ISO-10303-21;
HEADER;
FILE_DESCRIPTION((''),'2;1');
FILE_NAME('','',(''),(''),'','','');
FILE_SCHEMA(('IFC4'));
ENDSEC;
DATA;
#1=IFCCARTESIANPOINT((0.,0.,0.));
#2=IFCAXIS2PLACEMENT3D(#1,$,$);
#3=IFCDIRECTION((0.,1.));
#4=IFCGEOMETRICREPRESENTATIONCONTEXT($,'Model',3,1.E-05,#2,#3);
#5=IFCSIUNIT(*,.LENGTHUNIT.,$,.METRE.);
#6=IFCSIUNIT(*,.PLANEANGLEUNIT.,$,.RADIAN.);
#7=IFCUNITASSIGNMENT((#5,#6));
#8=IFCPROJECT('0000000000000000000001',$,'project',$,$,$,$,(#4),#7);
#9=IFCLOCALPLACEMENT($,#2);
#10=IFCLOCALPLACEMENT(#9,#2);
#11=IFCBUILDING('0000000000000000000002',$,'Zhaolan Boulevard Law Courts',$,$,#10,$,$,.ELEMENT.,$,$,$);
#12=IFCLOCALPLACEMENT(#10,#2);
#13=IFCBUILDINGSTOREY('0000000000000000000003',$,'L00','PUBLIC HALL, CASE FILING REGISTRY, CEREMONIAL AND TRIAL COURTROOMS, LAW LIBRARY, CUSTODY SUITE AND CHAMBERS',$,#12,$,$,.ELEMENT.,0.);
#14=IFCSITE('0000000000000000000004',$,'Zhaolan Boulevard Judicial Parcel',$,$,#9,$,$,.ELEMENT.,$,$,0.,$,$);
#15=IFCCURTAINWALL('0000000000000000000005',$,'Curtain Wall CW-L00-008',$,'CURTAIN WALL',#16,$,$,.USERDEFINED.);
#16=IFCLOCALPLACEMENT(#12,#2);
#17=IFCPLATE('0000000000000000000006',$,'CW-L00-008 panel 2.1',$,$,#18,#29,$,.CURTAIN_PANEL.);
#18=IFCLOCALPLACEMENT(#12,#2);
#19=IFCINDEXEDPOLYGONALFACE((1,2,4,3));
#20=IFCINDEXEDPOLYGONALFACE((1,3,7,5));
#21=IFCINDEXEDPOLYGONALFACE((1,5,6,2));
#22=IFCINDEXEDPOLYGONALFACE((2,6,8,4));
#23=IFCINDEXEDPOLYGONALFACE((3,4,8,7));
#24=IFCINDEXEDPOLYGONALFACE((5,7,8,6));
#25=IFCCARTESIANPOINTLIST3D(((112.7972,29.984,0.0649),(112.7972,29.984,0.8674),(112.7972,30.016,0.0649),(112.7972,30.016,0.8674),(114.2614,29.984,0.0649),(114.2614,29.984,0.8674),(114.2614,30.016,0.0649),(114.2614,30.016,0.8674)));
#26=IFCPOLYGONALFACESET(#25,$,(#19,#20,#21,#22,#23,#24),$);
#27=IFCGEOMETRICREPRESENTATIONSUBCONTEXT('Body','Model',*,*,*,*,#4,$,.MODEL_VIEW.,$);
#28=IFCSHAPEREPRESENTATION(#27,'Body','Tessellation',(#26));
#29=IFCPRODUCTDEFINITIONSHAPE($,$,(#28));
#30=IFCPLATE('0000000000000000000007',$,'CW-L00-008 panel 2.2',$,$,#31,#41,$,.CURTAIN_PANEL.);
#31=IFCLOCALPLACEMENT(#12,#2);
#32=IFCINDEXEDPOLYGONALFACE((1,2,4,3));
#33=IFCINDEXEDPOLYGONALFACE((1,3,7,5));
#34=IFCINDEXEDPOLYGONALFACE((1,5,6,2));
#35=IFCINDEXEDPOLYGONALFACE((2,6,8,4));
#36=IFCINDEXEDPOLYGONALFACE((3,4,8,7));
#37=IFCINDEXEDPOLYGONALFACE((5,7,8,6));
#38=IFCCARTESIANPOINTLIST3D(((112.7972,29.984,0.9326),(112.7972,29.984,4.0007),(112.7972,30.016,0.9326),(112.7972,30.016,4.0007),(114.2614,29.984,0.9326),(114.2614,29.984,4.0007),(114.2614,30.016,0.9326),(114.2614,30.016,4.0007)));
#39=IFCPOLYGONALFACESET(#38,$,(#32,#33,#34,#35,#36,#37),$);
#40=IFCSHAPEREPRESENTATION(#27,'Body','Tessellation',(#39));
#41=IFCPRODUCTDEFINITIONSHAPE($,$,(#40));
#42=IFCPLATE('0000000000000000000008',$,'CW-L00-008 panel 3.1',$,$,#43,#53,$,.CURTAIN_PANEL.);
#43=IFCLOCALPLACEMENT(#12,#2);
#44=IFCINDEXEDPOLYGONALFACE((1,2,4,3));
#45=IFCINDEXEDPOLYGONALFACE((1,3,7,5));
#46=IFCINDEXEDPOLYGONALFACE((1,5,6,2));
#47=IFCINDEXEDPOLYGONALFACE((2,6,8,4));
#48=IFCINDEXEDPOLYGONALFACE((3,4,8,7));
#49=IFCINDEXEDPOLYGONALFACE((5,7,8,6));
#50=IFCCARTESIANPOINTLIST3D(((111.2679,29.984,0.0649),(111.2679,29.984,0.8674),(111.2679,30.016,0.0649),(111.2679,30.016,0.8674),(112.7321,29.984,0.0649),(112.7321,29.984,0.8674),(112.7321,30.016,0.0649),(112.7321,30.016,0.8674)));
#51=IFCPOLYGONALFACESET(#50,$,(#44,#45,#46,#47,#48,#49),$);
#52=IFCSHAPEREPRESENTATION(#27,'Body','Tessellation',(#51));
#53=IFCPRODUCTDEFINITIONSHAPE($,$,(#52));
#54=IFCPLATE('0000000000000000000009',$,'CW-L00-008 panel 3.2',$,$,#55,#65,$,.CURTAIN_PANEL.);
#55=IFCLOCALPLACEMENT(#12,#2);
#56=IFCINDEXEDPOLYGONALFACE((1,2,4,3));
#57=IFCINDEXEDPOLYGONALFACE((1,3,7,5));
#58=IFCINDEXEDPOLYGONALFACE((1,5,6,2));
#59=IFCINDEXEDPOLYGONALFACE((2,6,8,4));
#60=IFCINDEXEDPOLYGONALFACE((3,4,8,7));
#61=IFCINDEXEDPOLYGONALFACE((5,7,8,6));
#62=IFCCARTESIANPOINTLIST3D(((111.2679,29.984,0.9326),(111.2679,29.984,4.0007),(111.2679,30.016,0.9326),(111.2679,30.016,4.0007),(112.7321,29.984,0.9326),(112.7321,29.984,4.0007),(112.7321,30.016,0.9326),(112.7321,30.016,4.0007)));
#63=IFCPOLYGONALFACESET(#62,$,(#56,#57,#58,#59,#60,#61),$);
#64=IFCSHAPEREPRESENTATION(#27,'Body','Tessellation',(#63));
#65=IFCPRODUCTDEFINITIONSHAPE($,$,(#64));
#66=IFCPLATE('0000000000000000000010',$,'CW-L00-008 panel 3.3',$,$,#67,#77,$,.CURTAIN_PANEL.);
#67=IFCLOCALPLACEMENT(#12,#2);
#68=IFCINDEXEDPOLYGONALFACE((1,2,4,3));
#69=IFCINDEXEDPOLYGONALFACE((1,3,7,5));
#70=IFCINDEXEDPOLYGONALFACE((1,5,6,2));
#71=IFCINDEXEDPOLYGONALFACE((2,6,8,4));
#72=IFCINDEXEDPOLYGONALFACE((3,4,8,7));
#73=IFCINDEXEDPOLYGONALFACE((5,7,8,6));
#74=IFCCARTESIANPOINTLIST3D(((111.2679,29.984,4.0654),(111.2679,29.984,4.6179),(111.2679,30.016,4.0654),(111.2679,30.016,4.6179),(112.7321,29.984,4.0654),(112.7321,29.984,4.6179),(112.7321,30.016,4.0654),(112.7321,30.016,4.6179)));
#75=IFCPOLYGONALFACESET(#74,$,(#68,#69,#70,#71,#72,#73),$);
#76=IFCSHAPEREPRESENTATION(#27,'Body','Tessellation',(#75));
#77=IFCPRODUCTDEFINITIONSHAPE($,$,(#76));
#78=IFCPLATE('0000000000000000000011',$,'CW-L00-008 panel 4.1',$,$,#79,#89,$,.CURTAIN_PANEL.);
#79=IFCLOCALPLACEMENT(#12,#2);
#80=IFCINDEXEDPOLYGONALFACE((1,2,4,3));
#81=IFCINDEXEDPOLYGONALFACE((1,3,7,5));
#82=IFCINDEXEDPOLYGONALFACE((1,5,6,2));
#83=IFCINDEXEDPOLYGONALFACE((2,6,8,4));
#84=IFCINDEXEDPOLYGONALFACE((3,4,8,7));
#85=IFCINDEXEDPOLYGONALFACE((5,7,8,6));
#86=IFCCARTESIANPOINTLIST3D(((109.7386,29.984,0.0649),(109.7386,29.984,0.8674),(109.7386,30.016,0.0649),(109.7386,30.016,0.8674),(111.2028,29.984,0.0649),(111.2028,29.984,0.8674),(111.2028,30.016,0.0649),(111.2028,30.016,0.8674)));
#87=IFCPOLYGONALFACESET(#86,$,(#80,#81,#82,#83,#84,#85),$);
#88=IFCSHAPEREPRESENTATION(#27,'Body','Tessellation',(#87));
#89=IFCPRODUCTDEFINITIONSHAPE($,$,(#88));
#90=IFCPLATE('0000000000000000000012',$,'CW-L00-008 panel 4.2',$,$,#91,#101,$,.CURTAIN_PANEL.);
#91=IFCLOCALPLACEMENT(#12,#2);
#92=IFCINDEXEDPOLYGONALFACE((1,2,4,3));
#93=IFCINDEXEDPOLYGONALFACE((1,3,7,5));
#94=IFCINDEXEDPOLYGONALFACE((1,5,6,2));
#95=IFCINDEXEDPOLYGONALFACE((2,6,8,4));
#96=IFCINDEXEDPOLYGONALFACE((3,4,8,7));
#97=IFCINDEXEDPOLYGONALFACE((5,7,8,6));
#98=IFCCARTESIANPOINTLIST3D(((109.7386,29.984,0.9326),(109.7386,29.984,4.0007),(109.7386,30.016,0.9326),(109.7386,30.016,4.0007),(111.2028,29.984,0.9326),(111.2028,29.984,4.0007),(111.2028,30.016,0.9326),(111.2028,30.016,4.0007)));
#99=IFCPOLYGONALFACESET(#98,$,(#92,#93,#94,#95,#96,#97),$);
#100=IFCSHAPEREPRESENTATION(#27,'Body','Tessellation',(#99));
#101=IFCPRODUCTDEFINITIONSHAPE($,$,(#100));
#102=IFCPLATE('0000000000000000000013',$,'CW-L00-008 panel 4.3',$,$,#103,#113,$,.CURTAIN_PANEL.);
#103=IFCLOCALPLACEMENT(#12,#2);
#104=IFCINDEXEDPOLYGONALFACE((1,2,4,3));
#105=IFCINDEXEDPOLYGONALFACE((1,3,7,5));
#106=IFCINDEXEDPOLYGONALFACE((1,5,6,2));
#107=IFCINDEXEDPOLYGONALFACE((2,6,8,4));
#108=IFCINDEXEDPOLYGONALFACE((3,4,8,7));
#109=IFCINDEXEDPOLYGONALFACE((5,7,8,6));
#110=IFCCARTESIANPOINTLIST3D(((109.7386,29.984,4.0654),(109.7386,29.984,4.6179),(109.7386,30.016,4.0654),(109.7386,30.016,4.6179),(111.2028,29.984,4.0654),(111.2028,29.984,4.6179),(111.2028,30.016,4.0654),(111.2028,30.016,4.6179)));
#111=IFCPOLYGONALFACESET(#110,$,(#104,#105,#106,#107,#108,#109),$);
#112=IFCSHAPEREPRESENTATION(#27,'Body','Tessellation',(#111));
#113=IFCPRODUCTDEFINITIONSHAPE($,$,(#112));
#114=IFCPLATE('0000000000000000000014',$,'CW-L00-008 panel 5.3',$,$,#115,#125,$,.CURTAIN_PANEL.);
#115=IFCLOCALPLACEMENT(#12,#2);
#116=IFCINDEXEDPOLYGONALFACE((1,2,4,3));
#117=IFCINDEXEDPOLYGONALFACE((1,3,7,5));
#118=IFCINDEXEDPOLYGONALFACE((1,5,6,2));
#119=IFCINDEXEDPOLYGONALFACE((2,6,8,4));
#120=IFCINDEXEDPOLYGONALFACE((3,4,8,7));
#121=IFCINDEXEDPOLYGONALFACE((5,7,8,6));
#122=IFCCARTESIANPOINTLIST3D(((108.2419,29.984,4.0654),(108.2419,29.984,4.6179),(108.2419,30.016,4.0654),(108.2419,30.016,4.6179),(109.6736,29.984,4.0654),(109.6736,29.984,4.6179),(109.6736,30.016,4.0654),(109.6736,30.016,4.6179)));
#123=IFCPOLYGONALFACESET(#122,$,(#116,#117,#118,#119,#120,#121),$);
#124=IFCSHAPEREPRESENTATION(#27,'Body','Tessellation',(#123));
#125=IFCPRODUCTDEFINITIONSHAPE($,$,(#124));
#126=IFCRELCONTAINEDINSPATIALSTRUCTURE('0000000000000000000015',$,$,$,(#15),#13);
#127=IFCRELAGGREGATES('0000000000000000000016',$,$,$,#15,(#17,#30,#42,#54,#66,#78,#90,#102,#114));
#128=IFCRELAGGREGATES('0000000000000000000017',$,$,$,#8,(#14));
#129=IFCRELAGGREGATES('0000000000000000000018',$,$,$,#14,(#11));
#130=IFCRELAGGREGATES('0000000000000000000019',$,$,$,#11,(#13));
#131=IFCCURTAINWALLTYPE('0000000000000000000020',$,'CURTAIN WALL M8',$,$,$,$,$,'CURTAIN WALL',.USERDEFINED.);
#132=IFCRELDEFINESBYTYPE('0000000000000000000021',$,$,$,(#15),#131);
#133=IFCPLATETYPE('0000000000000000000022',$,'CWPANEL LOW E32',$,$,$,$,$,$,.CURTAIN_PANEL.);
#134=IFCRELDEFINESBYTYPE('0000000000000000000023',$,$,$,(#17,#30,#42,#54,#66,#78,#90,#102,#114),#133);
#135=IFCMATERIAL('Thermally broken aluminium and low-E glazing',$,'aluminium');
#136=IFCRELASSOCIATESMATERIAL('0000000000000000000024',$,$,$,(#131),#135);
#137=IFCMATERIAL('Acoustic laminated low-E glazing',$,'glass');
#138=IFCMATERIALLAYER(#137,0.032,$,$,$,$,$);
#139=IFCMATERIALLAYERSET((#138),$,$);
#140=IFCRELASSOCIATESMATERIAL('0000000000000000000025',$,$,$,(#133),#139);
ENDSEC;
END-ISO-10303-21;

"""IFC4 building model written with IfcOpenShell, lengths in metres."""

from ifc_helpers import new_model, si_unit, direction, frame, origin, origin_2d, place, context, subcontext, project, spatial, rectangle, extrude, material, layer, layer_set, type_object, element, aggregate, save


model = new_model("IFC4")

# Units and contexts
model_context = context("Model", 3, precision=1e-05, world=origin(), true_north=direction((0.0, 1.0)))
body_context = subcontext(model_context, "Body", "Model", "MODEL_VIEW")
ifc_project = project(units=[si_unit("LENGTHUNIT", "METRE"), si_unit("PLANEANGLEUNIT", "RADIAN")], contexts=[model_context])

# Site, building, storey
site_placement = place(None, origin())
site = spatial("IfcSite", under=ifc_project, at=site_placement, Name="Zhaolan Boulevard Judicial Parcel", CompositionType="ELEMENT", RefElevation=0.0)
building_placement = place(site_placement, origin())
building = spatial("IfcBuilding", under=site, at=building_placement, Name="Zhaolan Boulevard Law Courts", CompositionType="ELEMENT")
storey_placement = place(building_placement, origin())
storey = spatial("IfcBuildingStorey", under=building, at=storey_placement, Name="L00", Description="PUBLIC HALL, CASE FILING REGISTRY, CEREMONIAL AND TRIAL COURTROOMS, LAW LIBRARY, CUSTODY SUITE AND CHAMBERS", CompositionType="ELEMENT", Elevation=0.0)

# Curtain wall, plates
ifc_material_1 = material(Name="Thermally broken aluminium and low-E glazing", Category="aluminium")
curtain_wall_type = type_object("IfcCurtainWallType", Name="CURTAIN WALL M8", ElementType="CURTAIN WALL", PredefinedType="USERDEFINED", material=ifc_material_1)
curtain_wall_placement = place(storey_placement, origin())
curtain_wall = element("IfcCurtainWall", 1, at=curtain_wall_placement, inside=storey, type_object=curtain_wall_type, Name="Curtain Wall CW-L00-008", ObjectType="CURTAIN WALL", PredefinedType="USERDEFINED")
ifc_material_2 = material(Name="Acoustic laminated low-E glazing", Category="glass")
ifc_layer = layer(ifc_material_2, 0.032)
ifc_layer_set = layer_set([ifc_layer])
plate_type = type_object("IfcPlateType", Name="CWPANEL LOW E32", PredefinedType="CURTAIN_PANEL", material=ifc_layer_set)
plate_1_placement = place(storey_placement, frame((113.5293, 30.0, 0.0649), z_axis=(0.0, 0.0, 1.0), x_axis=(-1.0, 0.0, 0.0)))
plate_1 = element("IfcPlate", 2, at=plate_1_placement, type_object=plate_type, Name="CW-L00-008 panel 2.1", PredefinedType="CURTAIN_PANEL", context=body_context, shape_type="SweptSolid", body=[
    extrude(rectangle(XDim=1.4641, YDim=0.032, at=origin_2d()), origin(), (0.0, 0.0, 1.0), 0.8025),
])
plate_2_placement = place(storey_placement, frame((113.5293, 30.0, 0.9326), z_axis=(0.0, 0.0, 1.0), x_axis=(-1.0, 0.0, 0.0)))
plate_2 = element("IfcPlate", 3, at=plate_2_placement, type_object=plate_type, Name="CW-L00-008 panel 2.2", PredefinedType="CURTAIN_PANEL", context=body_context, shape_type="SweptSolid", body=[
    extrude(rectangle(XDim=1.4641, YDim=0.032, at=origin_2d()), origin(), (0.0, 0.0, 1.0), 3.0681),
])
plate_3_placement = place(storey_placement, frame((112.0, 30.0, 0.0649), z_axis=(0.0, 0.0, 1.0), x_axis=(-1.0, 0.0, 0.0)))
plate_3 = element("IfcPlate", 4, at=plate_3_placement, type_object=plate_type, Name="CW-L00-008 panel 3.1", PredefinedType="CURTAIN_PANEL", context=body_context, shape_type="SweptSolid", body=[
    extrude(rectangle(XDim=1.4641, YDim=0.032, at=origin_2d()), origin(), (0.0, 0.0, 1.0), 0.8025),
])
plate_4_placement = place(storey_placement, frame((112.0, 30.0, 0.9326), z_axis=(0.0, 0.0, 1.0), x_axis=(-1.0, 0.0, 0.0)))
plate_4 = element("IfcPlate", 5, at=plate_4_placement, type_object=plate_type, Name="CW-L00-008 panel 3.2", PredefinedType="CURTAIN_PANEL", context=body_context, shape_type="SweptSolid", body=[
    extrude(rectangle(XDim=1.4641, YDim=0.032, at=origin_2d()), origin(), (0.0, 0.0, 1.0), 3.0681),
])
plate_5_placement = place(storey_placement, frame((112.0, 30.0, 4.0654), z_axis=(0.0, 0.0, 1.0), x_axis=(-1.0, 0.0, 0.0)))
plate_5 = element("IfcPlate", 6, at=plate_5_placement, type_object=plate_type, Name="CW-L00-008 panel 3.3", PredefinedType="CURTAIN_PANEL", context=body_context, shape_type="SweptSolid", body=[
    extrude(rectangle(XDim=1.4641, YDim=0.032, at=origin_2d()), origin(), (0.0, 0.0, 1.0), 0.5525),
])
plate_6_placement = place(storey_placement, frame((110.4707, 30.0, 0.0649), z_axis=(0.0, 0.0, 1.0), x_axis=(-1.0, 0.0, 0.0)))
plate_6 = element("IfcPlate", 7, at=plate_6_placement, type_object=plate_type, Name="CW-L00-008 panel 4.1", PredefinedType="CURTAIN_PANEL", context=body_context, shape_type="SweptSolid", body=[
    extrude(rectangle(XDim=1.4641, YDim=0.032, at=origin_2d()), origin(), (0.0, 0.0, 1.0), 0.8025),
])
plate_7_placement = place(storey_placement, frame((110.4707, 30.0, 0.9326), z_axis=(0.0, 0.0, 1.0), x_axis=(-1.0, 0.0, 0.0)))
plate_7 = element("IfcPlate", 8, at=plate_7_placement, type_object=plate_type, Name="CW-L00-008 panel 4.2", PredefinedType="CURTAIN_PANEL", context=body_context, shape_type="SweptSolid", body=[
    extrude(rectangle(XDim=1.4641, YDim=0.032, at=origin_2d()), origin(), (0.0, 0.0, 1.0), 3.0681),
])
plate_8_placement = place(storey_placement, frame((110.4707, 30.0, 4.0654), z_axis=(0.0, 0.0, 1.0), x_axis=(-1.0, 0.0, 0.0)))
plate_8 = element("IfcPlate", 9, at=plate_8_placement, type_object=plate_type, Name="CW-L00-008 panel 4.3", PredefinedType="CURTAIN_PANEL", context=body_context, shape_type="SweptSolid", body=[
    extrude(rectangle(XDim=1.4641, YDim=0.032, at=origin_2d()), origin(), (0.0, 0.0, 1.0), 0.5525),
])
plate_9_placement = place(storey_placement, frame((108.9578, 30.0, 4.0654), z_axis=(0.0, 0.0, 1.0), x_axis=(-1.0, 0.0, 0.0)))
plate_9 = element("IfcPlate", 10, at=plate_9_placement, type_object=plate_type, Name="CW-L00-008 panel 5.3", PredefinedType="CURTAIN_PANEL", context=body_context, shape_type="SweptSolid", body=[
    extrude(rectangle(XDim=1.4316, YDim=0.032, at=origin_2d()), origin(), (0.0, 0.0, 1.0), 0.5525),
])
aggregate(curtain_wall, [plate_1, plate_2, plate_3, plate_4, plate_5, plate_6, plate_7, plate_8, plate_9])

save(model, "model.ifc")
